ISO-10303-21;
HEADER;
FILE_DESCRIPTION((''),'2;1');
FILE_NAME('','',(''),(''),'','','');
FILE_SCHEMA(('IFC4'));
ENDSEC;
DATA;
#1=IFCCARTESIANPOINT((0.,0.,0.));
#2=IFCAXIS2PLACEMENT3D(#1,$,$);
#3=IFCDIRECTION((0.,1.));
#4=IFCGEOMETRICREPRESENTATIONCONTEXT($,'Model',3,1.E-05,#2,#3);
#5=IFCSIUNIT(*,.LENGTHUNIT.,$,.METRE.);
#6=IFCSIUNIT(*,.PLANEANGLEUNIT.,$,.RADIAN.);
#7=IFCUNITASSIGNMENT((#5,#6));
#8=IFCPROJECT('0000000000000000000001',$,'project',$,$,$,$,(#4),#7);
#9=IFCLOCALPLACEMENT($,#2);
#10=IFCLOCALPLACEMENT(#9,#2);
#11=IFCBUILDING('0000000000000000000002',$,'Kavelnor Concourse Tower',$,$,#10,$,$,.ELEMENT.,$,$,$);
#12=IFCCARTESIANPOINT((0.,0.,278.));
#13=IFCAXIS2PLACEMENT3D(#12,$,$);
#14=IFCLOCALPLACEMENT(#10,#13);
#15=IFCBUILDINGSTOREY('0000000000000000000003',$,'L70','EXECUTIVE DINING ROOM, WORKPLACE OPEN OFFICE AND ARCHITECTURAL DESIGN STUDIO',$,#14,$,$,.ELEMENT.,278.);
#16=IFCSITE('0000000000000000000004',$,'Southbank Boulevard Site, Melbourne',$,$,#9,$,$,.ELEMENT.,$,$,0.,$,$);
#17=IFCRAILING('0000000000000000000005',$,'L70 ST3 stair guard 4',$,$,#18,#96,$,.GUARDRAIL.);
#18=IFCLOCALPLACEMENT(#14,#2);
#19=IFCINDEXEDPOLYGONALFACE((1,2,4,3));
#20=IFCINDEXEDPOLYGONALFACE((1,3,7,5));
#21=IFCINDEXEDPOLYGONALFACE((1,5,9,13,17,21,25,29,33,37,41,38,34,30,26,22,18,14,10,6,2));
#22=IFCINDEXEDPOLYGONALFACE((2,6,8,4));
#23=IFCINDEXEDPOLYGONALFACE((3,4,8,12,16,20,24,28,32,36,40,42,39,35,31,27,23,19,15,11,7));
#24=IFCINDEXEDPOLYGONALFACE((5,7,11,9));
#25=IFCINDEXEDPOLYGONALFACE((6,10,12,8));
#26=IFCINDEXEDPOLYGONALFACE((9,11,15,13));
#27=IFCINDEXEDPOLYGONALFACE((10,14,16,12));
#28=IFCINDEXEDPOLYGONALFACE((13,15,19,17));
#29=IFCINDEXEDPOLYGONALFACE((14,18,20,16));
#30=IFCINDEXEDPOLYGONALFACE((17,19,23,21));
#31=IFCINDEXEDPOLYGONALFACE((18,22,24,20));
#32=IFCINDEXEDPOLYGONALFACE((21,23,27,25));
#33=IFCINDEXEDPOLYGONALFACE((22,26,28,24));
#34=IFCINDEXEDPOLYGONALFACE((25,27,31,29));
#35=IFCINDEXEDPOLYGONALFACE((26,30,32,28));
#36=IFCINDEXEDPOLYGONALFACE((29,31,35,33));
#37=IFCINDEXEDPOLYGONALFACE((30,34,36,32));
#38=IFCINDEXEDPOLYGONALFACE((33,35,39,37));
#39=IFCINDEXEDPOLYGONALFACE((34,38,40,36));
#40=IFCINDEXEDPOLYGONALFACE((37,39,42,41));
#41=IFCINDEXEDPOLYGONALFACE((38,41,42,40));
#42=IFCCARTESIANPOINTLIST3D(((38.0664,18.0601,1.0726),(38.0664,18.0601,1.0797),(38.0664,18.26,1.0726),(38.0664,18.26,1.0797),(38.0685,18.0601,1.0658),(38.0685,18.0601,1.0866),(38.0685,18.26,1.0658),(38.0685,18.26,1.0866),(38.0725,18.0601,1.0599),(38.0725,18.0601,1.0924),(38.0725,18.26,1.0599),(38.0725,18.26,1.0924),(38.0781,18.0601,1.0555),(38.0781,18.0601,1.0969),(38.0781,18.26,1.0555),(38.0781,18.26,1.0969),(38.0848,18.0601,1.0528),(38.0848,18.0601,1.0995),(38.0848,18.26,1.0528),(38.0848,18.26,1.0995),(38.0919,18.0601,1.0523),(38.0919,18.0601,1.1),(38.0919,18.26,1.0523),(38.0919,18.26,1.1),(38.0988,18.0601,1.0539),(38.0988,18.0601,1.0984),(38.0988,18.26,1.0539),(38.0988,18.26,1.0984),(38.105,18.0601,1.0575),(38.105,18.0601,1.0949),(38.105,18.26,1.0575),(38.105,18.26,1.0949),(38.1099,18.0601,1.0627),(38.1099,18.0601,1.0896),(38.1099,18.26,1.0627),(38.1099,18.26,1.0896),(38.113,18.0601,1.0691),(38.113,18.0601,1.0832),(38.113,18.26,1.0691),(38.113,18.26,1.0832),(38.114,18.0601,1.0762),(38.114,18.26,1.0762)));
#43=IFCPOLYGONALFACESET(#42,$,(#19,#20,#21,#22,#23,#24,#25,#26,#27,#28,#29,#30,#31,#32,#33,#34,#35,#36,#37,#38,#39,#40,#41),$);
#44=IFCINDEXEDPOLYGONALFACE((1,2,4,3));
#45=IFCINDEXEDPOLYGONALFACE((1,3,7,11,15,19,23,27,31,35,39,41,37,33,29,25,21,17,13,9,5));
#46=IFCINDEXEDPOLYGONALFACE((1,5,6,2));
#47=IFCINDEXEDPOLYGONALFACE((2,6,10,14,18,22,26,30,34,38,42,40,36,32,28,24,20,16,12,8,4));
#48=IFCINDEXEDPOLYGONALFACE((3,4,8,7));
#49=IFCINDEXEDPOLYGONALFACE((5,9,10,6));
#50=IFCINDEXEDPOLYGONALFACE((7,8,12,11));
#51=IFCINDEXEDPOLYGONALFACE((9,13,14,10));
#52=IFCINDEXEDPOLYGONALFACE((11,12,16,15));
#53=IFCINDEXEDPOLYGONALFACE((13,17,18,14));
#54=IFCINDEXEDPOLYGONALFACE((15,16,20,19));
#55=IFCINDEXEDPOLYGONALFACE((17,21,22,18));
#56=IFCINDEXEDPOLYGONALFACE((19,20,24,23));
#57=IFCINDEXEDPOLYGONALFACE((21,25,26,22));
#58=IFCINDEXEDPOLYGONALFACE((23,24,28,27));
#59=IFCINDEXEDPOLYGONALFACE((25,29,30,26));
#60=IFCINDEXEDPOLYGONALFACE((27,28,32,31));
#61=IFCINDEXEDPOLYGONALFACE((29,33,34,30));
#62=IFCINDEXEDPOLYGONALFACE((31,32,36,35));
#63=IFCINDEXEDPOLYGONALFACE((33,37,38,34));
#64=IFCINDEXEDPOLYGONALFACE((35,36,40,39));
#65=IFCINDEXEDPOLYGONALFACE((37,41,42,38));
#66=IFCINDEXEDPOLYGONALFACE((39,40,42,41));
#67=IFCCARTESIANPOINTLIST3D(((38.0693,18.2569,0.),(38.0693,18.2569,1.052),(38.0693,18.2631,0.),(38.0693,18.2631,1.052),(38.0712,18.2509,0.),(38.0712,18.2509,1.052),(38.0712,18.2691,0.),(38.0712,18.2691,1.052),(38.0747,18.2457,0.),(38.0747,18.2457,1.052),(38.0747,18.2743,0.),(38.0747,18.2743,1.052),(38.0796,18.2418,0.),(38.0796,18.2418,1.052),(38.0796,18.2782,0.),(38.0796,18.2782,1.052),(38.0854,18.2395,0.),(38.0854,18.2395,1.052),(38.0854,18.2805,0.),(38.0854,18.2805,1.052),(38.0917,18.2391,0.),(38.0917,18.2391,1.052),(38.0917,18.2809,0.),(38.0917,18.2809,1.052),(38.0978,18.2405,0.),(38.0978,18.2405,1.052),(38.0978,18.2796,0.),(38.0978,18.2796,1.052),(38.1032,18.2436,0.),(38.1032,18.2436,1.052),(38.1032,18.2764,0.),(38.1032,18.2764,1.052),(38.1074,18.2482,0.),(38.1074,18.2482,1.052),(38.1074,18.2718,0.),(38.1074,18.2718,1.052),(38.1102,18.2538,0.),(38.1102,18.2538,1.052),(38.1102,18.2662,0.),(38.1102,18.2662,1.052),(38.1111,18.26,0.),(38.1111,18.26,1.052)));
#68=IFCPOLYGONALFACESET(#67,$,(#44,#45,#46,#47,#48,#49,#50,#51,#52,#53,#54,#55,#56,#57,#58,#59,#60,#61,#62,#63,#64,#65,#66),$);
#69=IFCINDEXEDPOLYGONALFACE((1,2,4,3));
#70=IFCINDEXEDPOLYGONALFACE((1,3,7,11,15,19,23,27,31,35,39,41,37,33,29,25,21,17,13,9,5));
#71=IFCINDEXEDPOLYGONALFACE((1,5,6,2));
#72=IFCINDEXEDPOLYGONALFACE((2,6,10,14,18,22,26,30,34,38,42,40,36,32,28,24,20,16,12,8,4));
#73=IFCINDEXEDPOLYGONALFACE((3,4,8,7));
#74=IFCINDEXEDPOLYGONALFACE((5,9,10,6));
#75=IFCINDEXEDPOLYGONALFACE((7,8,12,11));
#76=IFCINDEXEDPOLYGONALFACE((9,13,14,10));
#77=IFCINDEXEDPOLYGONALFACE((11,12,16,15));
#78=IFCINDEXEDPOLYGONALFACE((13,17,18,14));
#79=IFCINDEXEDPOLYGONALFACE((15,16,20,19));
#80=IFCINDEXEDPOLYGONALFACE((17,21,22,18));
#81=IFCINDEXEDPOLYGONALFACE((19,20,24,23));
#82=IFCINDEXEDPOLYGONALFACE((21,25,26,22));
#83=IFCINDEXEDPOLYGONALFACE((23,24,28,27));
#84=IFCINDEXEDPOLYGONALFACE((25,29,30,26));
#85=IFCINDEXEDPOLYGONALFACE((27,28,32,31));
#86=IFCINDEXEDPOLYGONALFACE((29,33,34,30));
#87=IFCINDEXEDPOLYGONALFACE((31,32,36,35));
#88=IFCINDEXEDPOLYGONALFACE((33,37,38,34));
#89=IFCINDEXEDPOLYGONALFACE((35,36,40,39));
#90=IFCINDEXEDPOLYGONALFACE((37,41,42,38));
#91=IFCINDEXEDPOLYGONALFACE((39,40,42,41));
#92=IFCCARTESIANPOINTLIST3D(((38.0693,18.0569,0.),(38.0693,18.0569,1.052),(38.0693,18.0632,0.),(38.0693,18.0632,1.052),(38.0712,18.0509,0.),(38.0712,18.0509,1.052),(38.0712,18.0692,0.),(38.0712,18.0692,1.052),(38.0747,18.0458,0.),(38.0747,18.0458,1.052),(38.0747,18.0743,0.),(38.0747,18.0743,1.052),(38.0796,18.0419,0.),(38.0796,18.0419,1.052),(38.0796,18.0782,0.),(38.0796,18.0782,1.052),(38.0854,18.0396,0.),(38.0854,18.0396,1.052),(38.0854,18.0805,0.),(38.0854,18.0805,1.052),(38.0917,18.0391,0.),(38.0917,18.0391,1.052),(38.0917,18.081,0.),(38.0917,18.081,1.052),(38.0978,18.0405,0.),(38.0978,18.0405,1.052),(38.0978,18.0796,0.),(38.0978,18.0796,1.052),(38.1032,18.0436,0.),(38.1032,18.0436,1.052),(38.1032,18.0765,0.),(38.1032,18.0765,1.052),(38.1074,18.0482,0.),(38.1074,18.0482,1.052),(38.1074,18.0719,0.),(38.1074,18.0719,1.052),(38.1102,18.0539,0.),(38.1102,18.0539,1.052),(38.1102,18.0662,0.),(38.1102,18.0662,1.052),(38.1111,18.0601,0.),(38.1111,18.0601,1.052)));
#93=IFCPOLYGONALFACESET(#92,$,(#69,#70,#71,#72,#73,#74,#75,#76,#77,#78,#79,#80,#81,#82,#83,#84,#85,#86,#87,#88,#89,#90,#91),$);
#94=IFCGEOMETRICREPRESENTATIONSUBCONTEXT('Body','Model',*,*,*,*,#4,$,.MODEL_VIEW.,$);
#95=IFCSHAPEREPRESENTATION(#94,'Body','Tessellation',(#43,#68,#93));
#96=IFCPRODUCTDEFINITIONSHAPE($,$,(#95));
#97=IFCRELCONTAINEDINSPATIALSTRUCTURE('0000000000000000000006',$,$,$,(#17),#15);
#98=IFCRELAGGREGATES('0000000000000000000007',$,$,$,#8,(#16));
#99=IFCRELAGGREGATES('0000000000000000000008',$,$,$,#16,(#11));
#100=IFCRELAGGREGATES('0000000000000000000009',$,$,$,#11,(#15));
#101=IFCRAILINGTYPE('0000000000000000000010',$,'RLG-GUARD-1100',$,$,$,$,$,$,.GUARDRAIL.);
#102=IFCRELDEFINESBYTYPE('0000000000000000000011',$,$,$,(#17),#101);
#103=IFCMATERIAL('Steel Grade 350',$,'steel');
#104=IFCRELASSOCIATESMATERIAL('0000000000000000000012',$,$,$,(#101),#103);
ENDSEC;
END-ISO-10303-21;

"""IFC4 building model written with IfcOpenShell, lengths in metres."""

from ifc_helpers import new_model, si_unit, direction, frame, origin, origin_2d, place, context, subcontext, project, spatial, circle, extrude, material, type_object, element, save


model = new_model("IFC4")

# Units and contexts
model_context = context("Model", 3, precision=1e-05, world=origin(), true_north=direction((0.0, 1.0)))
body_context = subcontext(model_context, "Body", "Model", "MODEL_VIEW")
ifc_project = project(units=[si_unit("LENGTHUNIT", "METRE"), si_unit("PLANEANGLEUNIT", "RADIAN")], contexts=[model_context])

# Site, building, storey
site_placement = place(None, origin())
site = spatial("IfcSite", under=ifc_project, at=site_placement, Name="Southbank Boulevard Site, Melbourne", CompositionType="ELEMENT", RefElevation=0.0)
building_placement = place(site_placement, origin())
building = spatial("IfcBuilding", under=site, at=building_placement, Name="Kavelnor Concourse Tower", CompositionType="ELEMENT")
storey_placement = place(building_placement, frame((0.0, 0.0, 278.0)))
storey = spatial("IfcBuildingStorey", under=building, at=storey_placement, Name="L70", Description="EXECUTIVE DINING ROOM, WORKPLACE OPEN OFFICE AND ARCHITECTURAL DESIGN STUDIO", CompositionType="ELEMENT", Elevation=278.0)

# Shared definitions
ifc_material_1 = material(Name="Steel Grade 350", Category="steel")

# Railing
railing_type_1 = type_object("IfcRailingType", Name="RLG-GUARD-1100", PredefinedType="GUARDRAIL", material=ifc_material_1)
railing_1_placement = place(storey_placement, frame((38.0901, 18.26, 0.0)))
element("IfcRailing", 1, at=railing_1_placement, inside=storey, type_object=railing_type_1, Name="L70 ST3 stair guard 4", PredefinedType="GUARDRAIL", context=body_context, shape_type="SweptSolid", body=[
    extrude(circle(Radius=0.0239, at=origin_2d()), frame((0.0, 0.0, 1.0762), z_axis=(0.0, -1.0, 0.0), x_axis=(1.0, 0.0, 0.0)), (0.0, 0.0, 1.0), 0.2),
    extrude(circle(Radius=0.021, at=origin_2d()), origin(), (0.0, 0.0, 1.0), 1.052),
    extrude(circle(Radius=0.021, at=origin_2d()), frame((0.0, -0.2, 0.0)), (0.0, 0.0, 1.0), 1.052),
])

save(model, "model.ifc")
